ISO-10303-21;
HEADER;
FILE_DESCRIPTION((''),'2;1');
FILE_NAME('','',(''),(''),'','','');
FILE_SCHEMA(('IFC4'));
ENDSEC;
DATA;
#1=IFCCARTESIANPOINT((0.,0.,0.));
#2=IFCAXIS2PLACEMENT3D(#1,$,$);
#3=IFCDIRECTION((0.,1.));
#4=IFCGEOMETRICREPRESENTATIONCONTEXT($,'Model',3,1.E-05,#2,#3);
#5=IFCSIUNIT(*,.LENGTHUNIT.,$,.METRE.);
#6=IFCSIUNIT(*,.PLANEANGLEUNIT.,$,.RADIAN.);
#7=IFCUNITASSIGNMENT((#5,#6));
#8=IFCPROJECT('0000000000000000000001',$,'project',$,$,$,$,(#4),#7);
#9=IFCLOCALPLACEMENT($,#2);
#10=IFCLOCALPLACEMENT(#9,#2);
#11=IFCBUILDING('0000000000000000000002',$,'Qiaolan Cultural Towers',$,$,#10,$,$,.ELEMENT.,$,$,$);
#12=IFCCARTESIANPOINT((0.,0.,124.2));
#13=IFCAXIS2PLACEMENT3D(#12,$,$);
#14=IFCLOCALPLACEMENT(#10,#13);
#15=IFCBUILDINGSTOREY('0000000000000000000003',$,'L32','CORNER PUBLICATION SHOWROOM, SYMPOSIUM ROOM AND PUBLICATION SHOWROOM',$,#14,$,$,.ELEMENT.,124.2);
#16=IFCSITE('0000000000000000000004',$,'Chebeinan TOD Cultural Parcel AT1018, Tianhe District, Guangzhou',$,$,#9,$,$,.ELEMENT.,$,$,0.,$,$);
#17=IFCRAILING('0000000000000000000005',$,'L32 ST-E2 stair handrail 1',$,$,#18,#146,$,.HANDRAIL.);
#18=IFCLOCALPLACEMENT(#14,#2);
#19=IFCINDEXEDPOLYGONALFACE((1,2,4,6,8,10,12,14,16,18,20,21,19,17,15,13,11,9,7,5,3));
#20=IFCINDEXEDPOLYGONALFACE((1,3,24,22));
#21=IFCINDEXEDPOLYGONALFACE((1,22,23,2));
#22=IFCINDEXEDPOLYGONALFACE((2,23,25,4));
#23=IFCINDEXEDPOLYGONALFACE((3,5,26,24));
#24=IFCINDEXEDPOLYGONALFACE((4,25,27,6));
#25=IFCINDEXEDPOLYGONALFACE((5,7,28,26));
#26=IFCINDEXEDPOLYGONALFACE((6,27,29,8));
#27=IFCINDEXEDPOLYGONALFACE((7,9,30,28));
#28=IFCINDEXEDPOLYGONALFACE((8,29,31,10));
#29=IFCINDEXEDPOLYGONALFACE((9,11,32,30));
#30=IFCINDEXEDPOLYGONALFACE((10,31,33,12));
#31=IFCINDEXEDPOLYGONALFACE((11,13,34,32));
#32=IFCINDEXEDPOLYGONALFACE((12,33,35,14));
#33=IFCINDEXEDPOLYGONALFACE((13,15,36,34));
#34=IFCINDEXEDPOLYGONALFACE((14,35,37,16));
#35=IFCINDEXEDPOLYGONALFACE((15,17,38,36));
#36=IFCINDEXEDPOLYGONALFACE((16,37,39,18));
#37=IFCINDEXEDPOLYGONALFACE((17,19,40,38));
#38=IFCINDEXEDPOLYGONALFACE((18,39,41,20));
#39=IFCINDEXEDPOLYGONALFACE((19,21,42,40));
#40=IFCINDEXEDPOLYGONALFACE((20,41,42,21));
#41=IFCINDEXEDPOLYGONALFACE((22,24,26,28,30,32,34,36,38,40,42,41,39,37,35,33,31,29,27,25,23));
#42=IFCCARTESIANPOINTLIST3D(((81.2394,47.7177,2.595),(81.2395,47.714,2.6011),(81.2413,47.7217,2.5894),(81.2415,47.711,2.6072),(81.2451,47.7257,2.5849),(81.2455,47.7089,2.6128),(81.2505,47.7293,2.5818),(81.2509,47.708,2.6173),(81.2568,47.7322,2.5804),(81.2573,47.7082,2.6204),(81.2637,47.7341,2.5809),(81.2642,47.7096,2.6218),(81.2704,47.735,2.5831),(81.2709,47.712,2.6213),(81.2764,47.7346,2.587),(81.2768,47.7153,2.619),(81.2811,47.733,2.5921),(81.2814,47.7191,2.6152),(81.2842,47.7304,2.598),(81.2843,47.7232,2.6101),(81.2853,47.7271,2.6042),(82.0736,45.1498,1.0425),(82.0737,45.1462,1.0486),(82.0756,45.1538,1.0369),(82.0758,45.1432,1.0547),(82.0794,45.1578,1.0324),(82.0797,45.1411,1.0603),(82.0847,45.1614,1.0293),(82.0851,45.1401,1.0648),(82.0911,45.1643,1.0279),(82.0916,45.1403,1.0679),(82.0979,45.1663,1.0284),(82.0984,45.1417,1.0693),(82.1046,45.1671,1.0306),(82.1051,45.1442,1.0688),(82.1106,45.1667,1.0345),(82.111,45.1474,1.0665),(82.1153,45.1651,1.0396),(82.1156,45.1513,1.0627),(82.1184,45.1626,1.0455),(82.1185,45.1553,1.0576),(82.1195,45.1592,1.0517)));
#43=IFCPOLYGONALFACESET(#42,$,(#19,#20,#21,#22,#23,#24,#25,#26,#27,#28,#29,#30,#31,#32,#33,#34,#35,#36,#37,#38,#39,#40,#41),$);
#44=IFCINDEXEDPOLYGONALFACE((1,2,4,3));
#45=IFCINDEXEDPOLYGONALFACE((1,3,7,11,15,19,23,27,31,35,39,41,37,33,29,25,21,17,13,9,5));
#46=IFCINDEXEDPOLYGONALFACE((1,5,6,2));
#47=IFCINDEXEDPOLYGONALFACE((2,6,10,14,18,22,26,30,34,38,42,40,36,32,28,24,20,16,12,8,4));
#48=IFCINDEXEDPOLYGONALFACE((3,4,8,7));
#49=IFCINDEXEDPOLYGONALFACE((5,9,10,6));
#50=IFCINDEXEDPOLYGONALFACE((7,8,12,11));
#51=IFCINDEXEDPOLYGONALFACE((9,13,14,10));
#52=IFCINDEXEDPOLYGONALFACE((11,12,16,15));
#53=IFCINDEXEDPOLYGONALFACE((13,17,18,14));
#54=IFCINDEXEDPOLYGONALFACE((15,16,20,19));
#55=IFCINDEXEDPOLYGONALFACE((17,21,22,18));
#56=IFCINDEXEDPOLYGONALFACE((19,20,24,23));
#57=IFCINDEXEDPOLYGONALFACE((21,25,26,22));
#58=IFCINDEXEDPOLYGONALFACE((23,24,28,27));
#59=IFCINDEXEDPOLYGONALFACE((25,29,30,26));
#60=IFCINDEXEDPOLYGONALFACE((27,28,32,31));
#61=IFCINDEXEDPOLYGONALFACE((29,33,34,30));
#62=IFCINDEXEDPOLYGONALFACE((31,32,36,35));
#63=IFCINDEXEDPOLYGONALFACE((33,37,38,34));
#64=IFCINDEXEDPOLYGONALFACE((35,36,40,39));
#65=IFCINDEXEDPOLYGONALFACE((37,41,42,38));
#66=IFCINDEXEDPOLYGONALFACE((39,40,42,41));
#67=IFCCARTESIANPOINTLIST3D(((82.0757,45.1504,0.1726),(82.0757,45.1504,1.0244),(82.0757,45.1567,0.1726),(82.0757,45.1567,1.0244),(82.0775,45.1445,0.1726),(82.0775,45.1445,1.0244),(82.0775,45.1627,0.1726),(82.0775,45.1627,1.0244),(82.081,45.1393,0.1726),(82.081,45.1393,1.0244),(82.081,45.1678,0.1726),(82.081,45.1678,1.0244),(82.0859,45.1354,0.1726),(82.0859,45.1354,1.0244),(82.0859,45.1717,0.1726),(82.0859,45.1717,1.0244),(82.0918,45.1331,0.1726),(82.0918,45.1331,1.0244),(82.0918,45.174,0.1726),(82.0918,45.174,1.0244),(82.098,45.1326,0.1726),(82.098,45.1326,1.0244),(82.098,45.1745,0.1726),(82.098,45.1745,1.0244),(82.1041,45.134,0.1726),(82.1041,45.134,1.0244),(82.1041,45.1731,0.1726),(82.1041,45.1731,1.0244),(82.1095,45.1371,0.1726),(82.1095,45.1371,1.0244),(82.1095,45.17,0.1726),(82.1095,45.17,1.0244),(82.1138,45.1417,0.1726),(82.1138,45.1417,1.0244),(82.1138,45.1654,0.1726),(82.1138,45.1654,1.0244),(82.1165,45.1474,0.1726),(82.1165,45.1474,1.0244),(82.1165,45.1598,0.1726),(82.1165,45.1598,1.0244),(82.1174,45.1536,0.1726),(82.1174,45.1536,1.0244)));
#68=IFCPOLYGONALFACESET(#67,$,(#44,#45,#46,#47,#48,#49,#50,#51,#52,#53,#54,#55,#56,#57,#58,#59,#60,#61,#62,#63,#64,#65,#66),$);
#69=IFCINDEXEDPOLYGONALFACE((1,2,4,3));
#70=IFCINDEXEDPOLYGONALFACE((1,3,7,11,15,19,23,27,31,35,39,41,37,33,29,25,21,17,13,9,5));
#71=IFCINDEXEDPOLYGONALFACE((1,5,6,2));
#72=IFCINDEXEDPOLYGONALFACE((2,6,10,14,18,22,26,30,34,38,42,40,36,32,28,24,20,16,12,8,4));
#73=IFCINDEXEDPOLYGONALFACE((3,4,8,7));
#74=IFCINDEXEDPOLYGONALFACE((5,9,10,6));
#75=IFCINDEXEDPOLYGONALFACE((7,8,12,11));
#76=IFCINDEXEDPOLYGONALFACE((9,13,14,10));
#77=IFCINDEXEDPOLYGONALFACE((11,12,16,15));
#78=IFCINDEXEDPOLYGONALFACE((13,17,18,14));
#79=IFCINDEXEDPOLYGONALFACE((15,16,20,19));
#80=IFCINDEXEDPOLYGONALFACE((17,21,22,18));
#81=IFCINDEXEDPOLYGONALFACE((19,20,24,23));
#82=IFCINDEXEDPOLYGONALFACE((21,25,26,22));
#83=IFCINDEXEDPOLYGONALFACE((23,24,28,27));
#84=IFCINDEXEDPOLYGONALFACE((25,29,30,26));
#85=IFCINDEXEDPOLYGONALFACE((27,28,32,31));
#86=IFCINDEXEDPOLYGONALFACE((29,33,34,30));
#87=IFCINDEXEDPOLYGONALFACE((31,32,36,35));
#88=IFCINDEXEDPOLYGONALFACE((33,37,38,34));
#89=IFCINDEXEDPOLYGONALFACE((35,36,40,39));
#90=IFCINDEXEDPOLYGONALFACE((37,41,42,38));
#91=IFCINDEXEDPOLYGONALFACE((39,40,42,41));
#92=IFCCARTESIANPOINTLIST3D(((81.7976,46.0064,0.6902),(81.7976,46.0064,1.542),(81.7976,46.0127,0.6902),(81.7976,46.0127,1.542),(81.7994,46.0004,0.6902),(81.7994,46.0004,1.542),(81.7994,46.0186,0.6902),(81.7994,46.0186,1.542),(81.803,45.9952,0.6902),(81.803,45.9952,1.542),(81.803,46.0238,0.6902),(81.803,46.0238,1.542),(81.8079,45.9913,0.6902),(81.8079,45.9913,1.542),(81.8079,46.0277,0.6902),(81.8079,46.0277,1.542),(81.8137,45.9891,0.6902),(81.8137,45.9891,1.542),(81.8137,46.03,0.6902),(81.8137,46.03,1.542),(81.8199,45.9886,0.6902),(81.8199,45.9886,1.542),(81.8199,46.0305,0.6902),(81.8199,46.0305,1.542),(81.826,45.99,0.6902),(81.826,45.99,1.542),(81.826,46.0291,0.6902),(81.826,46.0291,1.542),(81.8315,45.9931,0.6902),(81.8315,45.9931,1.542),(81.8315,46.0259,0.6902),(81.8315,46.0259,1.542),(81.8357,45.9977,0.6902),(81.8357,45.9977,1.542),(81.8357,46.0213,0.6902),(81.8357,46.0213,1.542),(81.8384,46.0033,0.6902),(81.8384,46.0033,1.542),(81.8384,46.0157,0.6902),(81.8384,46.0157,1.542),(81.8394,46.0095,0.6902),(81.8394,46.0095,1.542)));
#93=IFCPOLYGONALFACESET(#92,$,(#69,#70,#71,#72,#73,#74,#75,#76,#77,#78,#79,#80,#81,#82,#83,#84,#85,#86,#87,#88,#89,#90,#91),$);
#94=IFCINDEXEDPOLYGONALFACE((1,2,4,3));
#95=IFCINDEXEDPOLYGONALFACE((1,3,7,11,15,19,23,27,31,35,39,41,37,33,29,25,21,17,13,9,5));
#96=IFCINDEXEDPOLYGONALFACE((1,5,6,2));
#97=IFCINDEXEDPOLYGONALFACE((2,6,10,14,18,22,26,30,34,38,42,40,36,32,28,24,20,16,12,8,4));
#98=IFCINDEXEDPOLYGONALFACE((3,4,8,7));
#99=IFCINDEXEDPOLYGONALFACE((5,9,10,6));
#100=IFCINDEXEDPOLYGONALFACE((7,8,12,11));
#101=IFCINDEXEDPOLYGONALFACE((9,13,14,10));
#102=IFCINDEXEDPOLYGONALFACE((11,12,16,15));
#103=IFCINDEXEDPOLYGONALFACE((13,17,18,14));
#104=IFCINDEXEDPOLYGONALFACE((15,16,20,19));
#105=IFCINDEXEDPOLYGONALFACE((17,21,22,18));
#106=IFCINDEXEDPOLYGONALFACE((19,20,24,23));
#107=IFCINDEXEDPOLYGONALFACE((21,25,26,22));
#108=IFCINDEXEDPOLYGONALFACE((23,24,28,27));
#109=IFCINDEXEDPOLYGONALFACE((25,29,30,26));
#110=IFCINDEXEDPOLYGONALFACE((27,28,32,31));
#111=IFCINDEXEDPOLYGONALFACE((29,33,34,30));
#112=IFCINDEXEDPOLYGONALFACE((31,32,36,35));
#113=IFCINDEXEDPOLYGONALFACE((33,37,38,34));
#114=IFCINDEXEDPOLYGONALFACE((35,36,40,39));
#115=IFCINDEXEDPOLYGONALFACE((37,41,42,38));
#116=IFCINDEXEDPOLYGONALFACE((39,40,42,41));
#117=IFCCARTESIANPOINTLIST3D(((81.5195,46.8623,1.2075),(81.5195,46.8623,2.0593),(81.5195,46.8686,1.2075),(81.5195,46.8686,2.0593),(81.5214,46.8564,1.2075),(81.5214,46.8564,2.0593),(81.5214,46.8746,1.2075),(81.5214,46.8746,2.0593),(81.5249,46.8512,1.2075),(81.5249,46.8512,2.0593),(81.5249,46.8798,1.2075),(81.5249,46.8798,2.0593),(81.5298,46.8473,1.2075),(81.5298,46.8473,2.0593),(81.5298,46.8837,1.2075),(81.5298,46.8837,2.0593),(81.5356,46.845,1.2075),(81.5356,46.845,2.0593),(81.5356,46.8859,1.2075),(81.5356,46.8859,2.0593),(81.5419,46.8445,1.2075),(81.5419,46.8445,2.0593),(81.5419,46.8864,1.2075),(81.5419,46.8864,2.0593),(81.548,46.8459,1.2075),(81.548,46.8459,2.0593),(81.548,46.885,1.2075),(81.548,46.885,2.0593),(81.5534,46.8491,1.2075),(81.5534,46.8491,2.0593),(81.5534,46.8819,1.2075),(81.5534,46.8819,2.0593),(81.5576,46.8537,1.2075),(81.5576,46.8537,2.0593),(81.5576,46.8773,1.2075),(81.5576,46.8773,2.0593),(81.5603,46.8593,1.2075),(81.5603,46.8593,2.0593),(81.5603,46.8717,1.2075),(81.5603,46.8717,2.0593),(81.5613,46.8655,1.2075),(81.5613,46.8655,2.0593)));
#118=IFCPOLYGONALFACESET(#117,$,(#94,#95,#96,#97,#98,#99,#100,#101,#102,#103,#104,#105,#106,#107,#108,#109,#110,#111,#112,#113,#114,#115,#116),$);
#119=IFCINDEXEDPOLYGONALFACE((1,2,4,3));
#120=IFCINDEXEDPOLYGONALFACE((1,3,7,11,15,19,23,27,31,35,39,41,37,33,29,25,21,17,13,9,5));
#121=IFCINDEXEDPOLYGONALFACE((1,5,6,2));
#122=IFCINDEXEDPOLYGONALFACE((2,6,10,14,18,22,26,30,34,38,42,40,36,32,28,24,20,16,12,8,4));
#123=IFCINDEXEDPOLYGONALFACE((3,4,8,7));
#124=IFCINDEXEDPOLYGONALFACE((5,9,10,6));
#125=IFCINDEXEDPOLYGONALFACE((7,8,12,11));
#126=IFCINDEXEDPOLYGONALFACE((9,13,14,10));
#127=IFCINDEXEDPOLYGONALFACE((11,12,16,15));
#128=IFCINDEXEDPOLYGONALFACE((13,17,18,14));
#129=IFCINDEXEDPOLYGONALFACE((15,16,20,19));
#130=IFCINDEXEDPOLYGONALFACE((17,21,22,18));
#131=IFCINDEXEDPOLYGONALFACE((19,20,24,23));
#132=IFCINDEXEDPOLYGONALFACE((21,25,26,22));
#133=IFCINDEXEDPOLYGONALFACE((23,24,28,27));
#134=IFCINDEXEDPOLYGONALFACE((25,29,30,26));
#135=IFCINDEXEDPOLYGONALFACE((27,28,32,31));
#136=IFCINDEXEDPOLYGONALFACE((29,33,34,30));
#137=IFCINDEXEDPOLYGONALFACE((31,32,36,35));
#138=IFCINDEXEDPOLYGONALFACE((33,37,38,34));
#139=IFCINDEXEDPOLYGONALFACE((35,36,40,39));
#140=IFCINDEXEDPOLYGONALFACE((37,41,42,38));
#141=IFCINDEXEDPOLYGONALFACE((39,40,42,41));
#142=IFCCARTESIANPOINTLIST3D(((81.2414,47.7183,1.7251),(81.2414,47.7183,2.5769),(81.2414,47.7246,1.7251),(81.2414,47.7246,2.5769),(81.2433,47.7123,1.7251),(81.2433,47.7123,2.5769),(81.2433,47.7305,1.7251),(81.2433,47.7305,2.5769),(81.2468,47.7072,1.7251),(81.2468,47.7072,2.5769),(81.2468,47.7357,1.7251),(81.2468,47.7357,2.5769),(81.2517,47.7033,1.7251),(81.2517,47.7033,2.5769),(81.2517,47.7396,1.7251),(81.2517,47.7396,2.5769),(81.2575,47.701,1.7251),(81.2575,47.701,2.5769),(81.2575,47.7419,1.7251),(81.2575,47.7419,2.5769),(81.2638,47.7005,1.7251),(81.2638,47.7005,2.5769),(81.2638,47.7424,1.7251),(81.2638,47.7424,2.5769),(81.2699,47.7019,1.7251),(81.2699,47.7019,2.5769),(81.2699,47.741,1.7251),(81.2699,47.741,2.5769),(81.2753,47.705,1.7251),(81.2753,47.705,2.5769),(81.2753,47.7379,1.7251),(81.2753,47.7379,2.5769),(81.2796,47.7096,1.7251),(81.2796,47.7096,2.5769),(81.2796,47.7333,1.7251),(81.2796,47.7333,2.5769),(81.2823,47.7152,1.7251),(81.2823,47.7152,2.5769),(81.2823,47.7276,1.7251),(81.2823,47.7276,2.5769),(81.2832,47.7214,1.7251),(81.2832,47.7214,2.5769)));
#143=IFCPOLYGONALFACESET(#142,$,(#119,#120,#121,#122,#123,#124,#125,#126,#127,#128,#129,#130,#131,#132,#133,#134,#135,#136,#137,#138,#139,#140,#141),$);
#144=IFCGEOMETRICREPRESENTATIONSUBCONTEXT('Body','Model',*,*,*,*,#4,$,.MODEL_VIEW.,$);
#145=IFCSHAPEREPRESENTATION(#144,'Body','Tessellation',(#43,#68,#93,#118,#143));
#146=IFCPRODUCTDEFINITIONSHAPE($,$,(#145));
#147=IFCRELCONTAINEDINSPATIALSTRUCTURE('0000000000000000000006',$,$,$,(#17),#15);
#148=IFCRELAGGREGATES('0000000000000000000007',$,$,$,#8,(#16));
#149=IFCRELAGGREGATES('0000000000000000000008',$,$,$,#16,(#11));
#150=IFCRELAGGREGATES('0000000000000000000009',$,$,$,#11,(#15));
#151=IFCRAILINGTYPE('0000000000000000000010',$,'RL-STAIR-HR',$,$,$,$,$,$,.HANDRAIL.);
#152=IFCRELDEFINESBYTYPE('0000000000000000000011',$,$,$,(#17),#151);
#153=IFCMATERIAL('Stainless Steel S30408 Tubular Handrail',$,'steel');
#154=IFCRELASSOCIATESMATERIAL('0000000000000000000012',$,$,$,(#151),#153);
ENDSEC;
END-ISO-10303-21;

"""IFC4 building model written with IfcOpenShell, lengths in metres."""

from ifc_helpers import new_model, si_unit, direction, frame, origin, origin_2d, place, context, subcontext, project, spatial, circle, extrude, material, type_object, element, save


model = new_model("IFC4")

# Units and contexts
model_context = context("Model", 3, precision=1e-05, world=origin(), true_north=direction((0.0, 1.0)))
body_context = subcontext(model_context, "Body", "Model", "MODEL_VIEW")
ifc_project = project(units=[si_unit("LENGTHUNIT", "METRE"), si_unit("PLANEANGLEUNIT", "RADIAN")], contexts=[model_context])

# Site, building, storey
site_placement = place(None, origin())
site = spatial("IfcSite", under=ifc_project, at=site_placement, Name="Chebeinan TOD Cultural Parcel AT1018, Tianhe District, Guangzhou", CompositionType="ELEMENT", RefElevation=0.0)
building_placement = place(site_placement, origin())
building = spatial("IfcBuilding", under=site, at=building_placement, Name="Qiaolan Cultural Towers", CompositionType="ELEMENT")
storey_placement = place(building_placement, frame((0.0, 0.0, 124.2)))
storey = spatial("IfcBuildingStorey", under=building, at=storey_placement, Name="L32", Description="CORNER PUBLICATION SHOWROOM, SYMPOSIUM ROOM AND PUBLICATION SHOWROOM", CompositionType="ELEMENT", Elevation=124.2)

# Railing
ifc_material_1 = material(Name="Stainless Steel S30408 Tubular Handrail", Category="steel")
railing_type_1 = type_object("IfcRailingType", Name="RL-STAIR-HR", PredefinedType="HANDRAIL", material=ifc_material_1)
railing_1_placement = place(storey_placement, frame((82.0964, 45.1536, 0.1726)))
element("IfcRailing", 1, at=railing_1_placement, inside=storey, type_object=railing_type_1, Name="L32 ST-E2 stair handrail 1", PredefinedType="HANDRAIL", context=body_context, shape_type="SweptSolid", body=[
    extrude(circle(Radius=0.0239, at=origin_2d()), frame((0.0, 0.0, 0.876), z_axis=(-0.267853, 0.824488, 0.498471), x_axis=(-0.95107, -0.308976, 0.0)), (0.0, 0.0, 1.0), 3.1145),
    extrude(circle(Radius=0.021, at=origin_2d()), origin(), (0.0, 0.0, 1.0), 0.8518),
    extrude(circle(Radius=0.021, at=origin_2d()), frame((-0.2781, 0.856, 0.5176)), (0.0, 0.0, 1.0), 0.8518),
    extrude(circle(Radius=0.021, at=origin_2d()), frame((-0.5562, 1.7119, 1.0349)), (0.0, 0.0, 1.0), 0.8518),
    extrude(circle(Radius=0.021, at=origin_2d()), frame((-0.8342, 2.5679, 1.5525)), (0.0, 0.0, 1.0), 0.8518),
])

save(model, "model.ifc")
